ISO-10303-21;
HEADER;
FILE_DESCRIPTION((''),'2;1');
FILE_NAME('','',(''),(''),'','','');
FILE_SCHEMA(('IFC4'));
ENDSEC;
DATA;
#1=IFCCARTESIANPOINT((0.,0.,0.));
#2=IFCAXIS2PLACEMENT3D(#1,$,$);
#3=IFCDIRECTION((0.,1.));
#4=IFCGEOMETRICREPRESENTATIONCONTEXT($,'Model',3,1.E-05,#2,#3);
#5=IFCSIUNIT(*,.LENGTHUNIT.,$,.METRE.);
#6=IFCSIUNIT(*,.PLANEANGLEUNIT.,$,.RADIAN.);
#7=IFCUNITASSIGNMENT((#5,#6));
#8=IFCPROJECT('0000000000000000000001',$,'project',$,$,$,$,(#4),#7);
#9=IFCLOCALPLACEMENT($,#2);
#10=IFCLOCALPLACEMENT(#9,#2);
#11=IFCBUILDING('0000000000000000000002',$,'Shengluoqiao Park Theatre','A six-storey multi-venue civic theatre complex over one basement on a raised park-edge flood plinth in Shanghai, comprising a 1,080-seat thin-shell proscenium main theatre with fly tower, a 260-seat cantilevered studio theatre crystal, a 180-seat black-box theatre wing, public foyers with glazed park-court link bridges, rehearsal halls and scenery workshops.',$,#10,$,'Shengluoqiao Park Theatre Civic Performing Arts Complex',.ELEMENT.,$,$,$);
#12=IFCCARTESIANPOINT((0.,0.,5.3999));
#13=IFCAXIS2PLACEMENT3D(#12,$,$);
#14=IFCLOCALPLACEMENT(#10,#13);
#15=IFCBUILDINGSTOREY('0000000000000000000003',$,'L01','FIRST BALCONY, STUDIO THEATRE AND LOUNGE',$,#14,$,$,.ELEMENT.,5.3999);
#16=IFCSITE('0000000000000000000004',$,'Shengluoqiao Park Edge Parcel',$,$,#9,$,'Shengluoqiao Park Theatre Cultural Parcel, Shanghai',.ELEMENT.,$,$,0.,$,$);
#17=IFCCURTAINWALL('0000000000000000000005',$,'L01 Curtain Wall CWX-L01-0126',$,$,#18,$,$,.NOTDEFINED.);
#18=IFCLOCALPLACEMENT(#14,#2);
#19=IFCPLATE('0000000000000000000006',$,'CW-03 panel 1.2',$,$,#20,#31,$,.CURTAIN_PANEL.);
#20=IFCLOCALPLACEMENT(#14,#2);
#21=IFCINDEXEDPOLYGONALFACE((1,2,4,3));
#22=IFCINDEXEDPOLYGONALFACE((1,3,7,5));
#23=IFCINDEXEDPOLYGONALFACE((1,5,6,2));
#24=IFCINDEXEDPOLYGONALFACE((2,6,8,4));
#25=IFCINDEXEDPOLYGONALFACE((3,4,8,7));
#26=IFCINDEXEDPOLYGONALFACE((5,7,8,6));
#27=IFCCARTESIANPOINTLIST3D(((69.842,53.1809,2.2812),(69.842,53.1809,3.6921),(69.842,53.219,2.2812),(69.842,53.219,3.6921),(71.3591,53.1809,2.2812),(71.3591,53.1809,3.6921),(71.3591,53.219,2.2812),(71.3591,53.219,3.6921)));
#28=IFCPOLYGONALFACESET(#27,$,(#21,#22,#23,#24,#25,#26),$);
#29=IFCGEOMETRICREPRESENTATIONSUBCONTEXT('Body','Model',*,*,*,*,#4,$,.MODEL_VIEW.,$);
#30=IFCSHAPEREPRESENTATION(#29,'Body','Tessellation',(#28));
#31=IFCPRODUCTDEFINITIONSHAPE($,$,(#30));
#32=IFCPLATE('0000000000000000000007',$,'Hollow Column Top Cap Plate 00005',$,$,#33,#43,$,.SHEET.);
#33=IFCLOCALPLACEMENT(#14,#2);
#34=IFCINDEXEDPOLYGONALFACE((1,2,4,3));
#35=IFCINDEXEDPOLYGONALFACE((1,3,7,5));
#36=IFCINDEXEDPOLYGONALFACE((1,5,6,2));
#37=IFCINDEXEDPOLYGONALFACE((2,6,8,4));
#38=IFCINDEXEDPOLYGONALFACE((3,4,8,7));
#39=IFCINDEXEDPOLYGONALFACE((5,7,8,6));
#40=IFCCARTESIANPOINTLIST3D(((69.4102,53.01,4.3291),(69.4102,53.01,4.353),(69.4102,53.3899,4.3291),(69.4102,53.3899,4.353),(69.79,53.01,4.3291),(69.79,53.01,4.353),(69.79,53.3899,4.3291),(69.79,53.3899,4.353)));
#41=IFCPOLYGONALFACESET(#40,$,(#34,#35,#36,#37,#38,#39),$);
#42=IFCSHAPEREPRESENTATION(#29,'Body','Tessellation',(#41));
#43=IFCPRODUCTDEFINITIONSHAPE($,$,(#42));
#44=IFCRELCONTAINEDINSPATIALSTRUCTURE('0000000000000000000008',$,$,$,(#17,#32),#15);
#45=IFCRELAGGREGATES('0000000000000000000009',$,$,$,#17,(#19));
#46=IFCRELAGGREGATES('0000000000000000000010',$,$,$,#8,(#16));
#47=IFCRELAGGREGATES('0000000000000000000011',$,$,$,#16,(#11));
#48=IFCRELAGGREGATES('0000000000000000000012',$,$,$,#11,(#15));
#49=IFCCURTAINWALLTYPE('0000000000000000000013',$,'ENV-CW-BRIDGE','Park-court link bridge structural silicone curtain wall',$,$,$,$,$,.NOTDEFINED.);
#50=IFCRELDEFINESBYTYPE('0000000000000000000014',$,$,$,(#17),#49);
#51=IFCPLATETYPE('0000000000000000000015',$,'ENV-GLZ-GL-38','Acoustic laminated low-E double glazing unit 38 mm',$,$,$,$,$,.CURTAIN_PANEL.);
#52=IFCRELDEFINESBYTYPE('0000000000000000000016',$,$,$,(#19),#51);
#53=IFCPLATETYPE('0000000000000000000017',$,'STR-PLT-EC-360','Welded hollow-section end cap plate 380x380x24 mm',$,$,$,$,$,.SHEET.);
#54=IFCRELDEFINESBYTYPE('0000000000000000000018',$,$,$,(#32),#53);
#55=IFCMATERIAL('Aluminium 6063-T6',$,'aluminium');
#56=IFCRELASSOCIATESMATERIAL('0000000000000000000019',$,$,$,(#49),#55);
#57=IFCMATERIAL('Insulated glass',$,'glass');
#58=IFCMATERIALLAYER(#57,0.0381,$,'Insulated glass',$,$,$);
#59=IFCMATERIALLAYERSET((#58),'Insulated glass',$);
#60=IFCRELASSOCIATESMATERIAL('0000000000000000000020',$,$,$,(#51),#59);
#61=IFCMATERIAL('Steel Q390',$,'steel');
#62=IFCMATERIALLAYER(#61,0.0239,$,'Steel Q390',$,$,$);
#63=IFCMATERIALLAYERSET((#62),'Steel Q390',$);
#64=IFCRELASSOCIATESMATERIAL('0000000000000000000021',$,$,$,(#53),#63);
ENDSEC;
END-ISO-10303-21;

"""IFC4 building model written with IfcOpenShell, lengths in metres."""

from ifc_helpers import new_model, si_unit, direction, frame, origin, origin_2d, place, context, subcontext, project, spatial, rectangle, extrude, material, layer, layer_set, type_object, element, aggregate, save


model = new_model("IFC4")

# Units and contexts
model_context = context("Model", 3, precision=1e-05, world=origin(), true_north=direction((0.0, 1.0)))
body_context = subcontext(model_context, "Body", "Model", "MODEL_VIEW")
ifc_project = project(units=[si_unit("LENGTHUNIT", "METRE"), si_unit("PLANEANGLEUNIT", "RADIAN")], contexts=[model_context])

# Site, building, storey
site_placement = place(None, origin())
site = spatial("IfcSite", under=ifc_project, at=site_placement, Name="Shengluoqiao Park Edge Parcel", LongName="Shengluoqiao Park Theatre Cultural Parcel, Shanghai", CompositionType="ELEMENT", RefElevation=0.0)
building_placement = place(site_placement, origin())
building = spatial("IfcBuilding", under=site, at=building_placement, Name="Shengluoqiao Park Theatre", Description="A six-storey multi-venue civic theatre complex over one basement on a raised park-edge flood plinth in Shanghai, comprising a 1,080-seat thin-shell proscenium main theatre with fly tower, a 260-seat cantilevered studio theatre crystal, a 180-seat black-box theatre wing, public foyers with glazed park-court link bridges, rehearsal halls and scenery workshops.", LongName="Shengluoqiao Park Theatre Civic Performing Arts Complex", CompositionType="ELEMENT")
storey_placement = place(building_placement, frame((0.0, 0.0, 5.3999)))
storey = spatial("IfcBuildingStorey", under=building, at=storey_placement, Name="L01", Description="FIRST BALCONY, STUDIO THEATRE AND LOUNGE", CompositionType="ELEMENT", Elevation=5.3999)

# Curtain wall
ifc_material_1 = material(Name="Aluminium 6063-T6", Category="aluminium")
curtain_wall_type = type_object("IfcCurtainWallType", Name="ENV-CW-BRIDGE", Description="Park-court link bridge structural silicone curtain wall", PredefinedType="NOTDEFINED", material=ifc_material_1)
curtain_wall_1_placement = place(storey_placement, origin())
curtain_wall_1 = element("IfcCurtainWall", 1, at=curtain_wall_1_placement, inside=storey, type_object=curtain_wall_type, Name="L01 Curtain Wall CWX-L01-0126", PredefinedType="NOTDEFINED")

# Plates
ifc_material_2 = material(Name="Insulated glass", Category="glass")
ifc_layer_1 = layer(ifc_material_2, 0.0381, Name="Insulated glass")
ifc_layer_set_1 = layer_set([ifc_layer_1], Name="Insulated glass")
plate_type_1 = type_object("IfcPlateType", Name="ENV-GLZ-GL-38", Description="Acoustic laminated low-E double glazing unit 38 mm", PredefinedType="CURTAIN_PANEL", material=ifc_layer_set_1)
plate_1_placement = place(storey_placement, frame((70.6006, 53.2, 2.2812), z_axis=(0.0, 0.0, 1.0), x_axis=(1.0, 0.0, 0.0)))
plate_1 = element("IfcPlate", 2, at=plate_1_placement, type_object=plate_type_1, Name="CW-03 panel 1.2", PredefinedType="CURTAIN_PANEL", context=body_context, shape_type="SweptSolid", body=[
    extrude(rectangle(XDim=1.5171, YDim=0.0381, at=origin_2d()), origin(), (0.0, 0.0, 1.0), 1.4109),
])
aggregate(curtain_wall_1, [plate_1])
ifc_material_3 = material(Name="Steel Q390", Category="steel")
ifc_layer_2 = layer(ifc_material_3, 0.0239, Name="Steel Q390")
ifc_layer_set_2 = layer_set([ifc_layer_2], Name="Steel Q390")
plate_type_2 = type_object("IfcPlateType", Name="STR-PLT-EC-360", Description="Welded hollow-section end cap plate 380x380x24 mm", PredefinedType="SHEET", material=ifc_layer_set_2)
plate_2_placement = place(storey_placement, frame((69.6001, 53.2, 4.3291), z_axis=(0.0, 0.0, 1.0), x_axis=(1.0, 0.0, 0.0)))
element("IfcPlate", 3, at=plate_2_placement, inside=storey, type_object=plate_type_2, Name="Hollow Column Top Cap Plate 00005", PredefinedType="SHEET", context=body_context, shape_type="SweptSolid", body=[
    extrude(rectangle(XDim=0.3799, YDim=0.3799, at=origin_2d()), origin(), (0.0, 0.0, 1.0), 0.0239),
])

save(model, "model.ifc")
